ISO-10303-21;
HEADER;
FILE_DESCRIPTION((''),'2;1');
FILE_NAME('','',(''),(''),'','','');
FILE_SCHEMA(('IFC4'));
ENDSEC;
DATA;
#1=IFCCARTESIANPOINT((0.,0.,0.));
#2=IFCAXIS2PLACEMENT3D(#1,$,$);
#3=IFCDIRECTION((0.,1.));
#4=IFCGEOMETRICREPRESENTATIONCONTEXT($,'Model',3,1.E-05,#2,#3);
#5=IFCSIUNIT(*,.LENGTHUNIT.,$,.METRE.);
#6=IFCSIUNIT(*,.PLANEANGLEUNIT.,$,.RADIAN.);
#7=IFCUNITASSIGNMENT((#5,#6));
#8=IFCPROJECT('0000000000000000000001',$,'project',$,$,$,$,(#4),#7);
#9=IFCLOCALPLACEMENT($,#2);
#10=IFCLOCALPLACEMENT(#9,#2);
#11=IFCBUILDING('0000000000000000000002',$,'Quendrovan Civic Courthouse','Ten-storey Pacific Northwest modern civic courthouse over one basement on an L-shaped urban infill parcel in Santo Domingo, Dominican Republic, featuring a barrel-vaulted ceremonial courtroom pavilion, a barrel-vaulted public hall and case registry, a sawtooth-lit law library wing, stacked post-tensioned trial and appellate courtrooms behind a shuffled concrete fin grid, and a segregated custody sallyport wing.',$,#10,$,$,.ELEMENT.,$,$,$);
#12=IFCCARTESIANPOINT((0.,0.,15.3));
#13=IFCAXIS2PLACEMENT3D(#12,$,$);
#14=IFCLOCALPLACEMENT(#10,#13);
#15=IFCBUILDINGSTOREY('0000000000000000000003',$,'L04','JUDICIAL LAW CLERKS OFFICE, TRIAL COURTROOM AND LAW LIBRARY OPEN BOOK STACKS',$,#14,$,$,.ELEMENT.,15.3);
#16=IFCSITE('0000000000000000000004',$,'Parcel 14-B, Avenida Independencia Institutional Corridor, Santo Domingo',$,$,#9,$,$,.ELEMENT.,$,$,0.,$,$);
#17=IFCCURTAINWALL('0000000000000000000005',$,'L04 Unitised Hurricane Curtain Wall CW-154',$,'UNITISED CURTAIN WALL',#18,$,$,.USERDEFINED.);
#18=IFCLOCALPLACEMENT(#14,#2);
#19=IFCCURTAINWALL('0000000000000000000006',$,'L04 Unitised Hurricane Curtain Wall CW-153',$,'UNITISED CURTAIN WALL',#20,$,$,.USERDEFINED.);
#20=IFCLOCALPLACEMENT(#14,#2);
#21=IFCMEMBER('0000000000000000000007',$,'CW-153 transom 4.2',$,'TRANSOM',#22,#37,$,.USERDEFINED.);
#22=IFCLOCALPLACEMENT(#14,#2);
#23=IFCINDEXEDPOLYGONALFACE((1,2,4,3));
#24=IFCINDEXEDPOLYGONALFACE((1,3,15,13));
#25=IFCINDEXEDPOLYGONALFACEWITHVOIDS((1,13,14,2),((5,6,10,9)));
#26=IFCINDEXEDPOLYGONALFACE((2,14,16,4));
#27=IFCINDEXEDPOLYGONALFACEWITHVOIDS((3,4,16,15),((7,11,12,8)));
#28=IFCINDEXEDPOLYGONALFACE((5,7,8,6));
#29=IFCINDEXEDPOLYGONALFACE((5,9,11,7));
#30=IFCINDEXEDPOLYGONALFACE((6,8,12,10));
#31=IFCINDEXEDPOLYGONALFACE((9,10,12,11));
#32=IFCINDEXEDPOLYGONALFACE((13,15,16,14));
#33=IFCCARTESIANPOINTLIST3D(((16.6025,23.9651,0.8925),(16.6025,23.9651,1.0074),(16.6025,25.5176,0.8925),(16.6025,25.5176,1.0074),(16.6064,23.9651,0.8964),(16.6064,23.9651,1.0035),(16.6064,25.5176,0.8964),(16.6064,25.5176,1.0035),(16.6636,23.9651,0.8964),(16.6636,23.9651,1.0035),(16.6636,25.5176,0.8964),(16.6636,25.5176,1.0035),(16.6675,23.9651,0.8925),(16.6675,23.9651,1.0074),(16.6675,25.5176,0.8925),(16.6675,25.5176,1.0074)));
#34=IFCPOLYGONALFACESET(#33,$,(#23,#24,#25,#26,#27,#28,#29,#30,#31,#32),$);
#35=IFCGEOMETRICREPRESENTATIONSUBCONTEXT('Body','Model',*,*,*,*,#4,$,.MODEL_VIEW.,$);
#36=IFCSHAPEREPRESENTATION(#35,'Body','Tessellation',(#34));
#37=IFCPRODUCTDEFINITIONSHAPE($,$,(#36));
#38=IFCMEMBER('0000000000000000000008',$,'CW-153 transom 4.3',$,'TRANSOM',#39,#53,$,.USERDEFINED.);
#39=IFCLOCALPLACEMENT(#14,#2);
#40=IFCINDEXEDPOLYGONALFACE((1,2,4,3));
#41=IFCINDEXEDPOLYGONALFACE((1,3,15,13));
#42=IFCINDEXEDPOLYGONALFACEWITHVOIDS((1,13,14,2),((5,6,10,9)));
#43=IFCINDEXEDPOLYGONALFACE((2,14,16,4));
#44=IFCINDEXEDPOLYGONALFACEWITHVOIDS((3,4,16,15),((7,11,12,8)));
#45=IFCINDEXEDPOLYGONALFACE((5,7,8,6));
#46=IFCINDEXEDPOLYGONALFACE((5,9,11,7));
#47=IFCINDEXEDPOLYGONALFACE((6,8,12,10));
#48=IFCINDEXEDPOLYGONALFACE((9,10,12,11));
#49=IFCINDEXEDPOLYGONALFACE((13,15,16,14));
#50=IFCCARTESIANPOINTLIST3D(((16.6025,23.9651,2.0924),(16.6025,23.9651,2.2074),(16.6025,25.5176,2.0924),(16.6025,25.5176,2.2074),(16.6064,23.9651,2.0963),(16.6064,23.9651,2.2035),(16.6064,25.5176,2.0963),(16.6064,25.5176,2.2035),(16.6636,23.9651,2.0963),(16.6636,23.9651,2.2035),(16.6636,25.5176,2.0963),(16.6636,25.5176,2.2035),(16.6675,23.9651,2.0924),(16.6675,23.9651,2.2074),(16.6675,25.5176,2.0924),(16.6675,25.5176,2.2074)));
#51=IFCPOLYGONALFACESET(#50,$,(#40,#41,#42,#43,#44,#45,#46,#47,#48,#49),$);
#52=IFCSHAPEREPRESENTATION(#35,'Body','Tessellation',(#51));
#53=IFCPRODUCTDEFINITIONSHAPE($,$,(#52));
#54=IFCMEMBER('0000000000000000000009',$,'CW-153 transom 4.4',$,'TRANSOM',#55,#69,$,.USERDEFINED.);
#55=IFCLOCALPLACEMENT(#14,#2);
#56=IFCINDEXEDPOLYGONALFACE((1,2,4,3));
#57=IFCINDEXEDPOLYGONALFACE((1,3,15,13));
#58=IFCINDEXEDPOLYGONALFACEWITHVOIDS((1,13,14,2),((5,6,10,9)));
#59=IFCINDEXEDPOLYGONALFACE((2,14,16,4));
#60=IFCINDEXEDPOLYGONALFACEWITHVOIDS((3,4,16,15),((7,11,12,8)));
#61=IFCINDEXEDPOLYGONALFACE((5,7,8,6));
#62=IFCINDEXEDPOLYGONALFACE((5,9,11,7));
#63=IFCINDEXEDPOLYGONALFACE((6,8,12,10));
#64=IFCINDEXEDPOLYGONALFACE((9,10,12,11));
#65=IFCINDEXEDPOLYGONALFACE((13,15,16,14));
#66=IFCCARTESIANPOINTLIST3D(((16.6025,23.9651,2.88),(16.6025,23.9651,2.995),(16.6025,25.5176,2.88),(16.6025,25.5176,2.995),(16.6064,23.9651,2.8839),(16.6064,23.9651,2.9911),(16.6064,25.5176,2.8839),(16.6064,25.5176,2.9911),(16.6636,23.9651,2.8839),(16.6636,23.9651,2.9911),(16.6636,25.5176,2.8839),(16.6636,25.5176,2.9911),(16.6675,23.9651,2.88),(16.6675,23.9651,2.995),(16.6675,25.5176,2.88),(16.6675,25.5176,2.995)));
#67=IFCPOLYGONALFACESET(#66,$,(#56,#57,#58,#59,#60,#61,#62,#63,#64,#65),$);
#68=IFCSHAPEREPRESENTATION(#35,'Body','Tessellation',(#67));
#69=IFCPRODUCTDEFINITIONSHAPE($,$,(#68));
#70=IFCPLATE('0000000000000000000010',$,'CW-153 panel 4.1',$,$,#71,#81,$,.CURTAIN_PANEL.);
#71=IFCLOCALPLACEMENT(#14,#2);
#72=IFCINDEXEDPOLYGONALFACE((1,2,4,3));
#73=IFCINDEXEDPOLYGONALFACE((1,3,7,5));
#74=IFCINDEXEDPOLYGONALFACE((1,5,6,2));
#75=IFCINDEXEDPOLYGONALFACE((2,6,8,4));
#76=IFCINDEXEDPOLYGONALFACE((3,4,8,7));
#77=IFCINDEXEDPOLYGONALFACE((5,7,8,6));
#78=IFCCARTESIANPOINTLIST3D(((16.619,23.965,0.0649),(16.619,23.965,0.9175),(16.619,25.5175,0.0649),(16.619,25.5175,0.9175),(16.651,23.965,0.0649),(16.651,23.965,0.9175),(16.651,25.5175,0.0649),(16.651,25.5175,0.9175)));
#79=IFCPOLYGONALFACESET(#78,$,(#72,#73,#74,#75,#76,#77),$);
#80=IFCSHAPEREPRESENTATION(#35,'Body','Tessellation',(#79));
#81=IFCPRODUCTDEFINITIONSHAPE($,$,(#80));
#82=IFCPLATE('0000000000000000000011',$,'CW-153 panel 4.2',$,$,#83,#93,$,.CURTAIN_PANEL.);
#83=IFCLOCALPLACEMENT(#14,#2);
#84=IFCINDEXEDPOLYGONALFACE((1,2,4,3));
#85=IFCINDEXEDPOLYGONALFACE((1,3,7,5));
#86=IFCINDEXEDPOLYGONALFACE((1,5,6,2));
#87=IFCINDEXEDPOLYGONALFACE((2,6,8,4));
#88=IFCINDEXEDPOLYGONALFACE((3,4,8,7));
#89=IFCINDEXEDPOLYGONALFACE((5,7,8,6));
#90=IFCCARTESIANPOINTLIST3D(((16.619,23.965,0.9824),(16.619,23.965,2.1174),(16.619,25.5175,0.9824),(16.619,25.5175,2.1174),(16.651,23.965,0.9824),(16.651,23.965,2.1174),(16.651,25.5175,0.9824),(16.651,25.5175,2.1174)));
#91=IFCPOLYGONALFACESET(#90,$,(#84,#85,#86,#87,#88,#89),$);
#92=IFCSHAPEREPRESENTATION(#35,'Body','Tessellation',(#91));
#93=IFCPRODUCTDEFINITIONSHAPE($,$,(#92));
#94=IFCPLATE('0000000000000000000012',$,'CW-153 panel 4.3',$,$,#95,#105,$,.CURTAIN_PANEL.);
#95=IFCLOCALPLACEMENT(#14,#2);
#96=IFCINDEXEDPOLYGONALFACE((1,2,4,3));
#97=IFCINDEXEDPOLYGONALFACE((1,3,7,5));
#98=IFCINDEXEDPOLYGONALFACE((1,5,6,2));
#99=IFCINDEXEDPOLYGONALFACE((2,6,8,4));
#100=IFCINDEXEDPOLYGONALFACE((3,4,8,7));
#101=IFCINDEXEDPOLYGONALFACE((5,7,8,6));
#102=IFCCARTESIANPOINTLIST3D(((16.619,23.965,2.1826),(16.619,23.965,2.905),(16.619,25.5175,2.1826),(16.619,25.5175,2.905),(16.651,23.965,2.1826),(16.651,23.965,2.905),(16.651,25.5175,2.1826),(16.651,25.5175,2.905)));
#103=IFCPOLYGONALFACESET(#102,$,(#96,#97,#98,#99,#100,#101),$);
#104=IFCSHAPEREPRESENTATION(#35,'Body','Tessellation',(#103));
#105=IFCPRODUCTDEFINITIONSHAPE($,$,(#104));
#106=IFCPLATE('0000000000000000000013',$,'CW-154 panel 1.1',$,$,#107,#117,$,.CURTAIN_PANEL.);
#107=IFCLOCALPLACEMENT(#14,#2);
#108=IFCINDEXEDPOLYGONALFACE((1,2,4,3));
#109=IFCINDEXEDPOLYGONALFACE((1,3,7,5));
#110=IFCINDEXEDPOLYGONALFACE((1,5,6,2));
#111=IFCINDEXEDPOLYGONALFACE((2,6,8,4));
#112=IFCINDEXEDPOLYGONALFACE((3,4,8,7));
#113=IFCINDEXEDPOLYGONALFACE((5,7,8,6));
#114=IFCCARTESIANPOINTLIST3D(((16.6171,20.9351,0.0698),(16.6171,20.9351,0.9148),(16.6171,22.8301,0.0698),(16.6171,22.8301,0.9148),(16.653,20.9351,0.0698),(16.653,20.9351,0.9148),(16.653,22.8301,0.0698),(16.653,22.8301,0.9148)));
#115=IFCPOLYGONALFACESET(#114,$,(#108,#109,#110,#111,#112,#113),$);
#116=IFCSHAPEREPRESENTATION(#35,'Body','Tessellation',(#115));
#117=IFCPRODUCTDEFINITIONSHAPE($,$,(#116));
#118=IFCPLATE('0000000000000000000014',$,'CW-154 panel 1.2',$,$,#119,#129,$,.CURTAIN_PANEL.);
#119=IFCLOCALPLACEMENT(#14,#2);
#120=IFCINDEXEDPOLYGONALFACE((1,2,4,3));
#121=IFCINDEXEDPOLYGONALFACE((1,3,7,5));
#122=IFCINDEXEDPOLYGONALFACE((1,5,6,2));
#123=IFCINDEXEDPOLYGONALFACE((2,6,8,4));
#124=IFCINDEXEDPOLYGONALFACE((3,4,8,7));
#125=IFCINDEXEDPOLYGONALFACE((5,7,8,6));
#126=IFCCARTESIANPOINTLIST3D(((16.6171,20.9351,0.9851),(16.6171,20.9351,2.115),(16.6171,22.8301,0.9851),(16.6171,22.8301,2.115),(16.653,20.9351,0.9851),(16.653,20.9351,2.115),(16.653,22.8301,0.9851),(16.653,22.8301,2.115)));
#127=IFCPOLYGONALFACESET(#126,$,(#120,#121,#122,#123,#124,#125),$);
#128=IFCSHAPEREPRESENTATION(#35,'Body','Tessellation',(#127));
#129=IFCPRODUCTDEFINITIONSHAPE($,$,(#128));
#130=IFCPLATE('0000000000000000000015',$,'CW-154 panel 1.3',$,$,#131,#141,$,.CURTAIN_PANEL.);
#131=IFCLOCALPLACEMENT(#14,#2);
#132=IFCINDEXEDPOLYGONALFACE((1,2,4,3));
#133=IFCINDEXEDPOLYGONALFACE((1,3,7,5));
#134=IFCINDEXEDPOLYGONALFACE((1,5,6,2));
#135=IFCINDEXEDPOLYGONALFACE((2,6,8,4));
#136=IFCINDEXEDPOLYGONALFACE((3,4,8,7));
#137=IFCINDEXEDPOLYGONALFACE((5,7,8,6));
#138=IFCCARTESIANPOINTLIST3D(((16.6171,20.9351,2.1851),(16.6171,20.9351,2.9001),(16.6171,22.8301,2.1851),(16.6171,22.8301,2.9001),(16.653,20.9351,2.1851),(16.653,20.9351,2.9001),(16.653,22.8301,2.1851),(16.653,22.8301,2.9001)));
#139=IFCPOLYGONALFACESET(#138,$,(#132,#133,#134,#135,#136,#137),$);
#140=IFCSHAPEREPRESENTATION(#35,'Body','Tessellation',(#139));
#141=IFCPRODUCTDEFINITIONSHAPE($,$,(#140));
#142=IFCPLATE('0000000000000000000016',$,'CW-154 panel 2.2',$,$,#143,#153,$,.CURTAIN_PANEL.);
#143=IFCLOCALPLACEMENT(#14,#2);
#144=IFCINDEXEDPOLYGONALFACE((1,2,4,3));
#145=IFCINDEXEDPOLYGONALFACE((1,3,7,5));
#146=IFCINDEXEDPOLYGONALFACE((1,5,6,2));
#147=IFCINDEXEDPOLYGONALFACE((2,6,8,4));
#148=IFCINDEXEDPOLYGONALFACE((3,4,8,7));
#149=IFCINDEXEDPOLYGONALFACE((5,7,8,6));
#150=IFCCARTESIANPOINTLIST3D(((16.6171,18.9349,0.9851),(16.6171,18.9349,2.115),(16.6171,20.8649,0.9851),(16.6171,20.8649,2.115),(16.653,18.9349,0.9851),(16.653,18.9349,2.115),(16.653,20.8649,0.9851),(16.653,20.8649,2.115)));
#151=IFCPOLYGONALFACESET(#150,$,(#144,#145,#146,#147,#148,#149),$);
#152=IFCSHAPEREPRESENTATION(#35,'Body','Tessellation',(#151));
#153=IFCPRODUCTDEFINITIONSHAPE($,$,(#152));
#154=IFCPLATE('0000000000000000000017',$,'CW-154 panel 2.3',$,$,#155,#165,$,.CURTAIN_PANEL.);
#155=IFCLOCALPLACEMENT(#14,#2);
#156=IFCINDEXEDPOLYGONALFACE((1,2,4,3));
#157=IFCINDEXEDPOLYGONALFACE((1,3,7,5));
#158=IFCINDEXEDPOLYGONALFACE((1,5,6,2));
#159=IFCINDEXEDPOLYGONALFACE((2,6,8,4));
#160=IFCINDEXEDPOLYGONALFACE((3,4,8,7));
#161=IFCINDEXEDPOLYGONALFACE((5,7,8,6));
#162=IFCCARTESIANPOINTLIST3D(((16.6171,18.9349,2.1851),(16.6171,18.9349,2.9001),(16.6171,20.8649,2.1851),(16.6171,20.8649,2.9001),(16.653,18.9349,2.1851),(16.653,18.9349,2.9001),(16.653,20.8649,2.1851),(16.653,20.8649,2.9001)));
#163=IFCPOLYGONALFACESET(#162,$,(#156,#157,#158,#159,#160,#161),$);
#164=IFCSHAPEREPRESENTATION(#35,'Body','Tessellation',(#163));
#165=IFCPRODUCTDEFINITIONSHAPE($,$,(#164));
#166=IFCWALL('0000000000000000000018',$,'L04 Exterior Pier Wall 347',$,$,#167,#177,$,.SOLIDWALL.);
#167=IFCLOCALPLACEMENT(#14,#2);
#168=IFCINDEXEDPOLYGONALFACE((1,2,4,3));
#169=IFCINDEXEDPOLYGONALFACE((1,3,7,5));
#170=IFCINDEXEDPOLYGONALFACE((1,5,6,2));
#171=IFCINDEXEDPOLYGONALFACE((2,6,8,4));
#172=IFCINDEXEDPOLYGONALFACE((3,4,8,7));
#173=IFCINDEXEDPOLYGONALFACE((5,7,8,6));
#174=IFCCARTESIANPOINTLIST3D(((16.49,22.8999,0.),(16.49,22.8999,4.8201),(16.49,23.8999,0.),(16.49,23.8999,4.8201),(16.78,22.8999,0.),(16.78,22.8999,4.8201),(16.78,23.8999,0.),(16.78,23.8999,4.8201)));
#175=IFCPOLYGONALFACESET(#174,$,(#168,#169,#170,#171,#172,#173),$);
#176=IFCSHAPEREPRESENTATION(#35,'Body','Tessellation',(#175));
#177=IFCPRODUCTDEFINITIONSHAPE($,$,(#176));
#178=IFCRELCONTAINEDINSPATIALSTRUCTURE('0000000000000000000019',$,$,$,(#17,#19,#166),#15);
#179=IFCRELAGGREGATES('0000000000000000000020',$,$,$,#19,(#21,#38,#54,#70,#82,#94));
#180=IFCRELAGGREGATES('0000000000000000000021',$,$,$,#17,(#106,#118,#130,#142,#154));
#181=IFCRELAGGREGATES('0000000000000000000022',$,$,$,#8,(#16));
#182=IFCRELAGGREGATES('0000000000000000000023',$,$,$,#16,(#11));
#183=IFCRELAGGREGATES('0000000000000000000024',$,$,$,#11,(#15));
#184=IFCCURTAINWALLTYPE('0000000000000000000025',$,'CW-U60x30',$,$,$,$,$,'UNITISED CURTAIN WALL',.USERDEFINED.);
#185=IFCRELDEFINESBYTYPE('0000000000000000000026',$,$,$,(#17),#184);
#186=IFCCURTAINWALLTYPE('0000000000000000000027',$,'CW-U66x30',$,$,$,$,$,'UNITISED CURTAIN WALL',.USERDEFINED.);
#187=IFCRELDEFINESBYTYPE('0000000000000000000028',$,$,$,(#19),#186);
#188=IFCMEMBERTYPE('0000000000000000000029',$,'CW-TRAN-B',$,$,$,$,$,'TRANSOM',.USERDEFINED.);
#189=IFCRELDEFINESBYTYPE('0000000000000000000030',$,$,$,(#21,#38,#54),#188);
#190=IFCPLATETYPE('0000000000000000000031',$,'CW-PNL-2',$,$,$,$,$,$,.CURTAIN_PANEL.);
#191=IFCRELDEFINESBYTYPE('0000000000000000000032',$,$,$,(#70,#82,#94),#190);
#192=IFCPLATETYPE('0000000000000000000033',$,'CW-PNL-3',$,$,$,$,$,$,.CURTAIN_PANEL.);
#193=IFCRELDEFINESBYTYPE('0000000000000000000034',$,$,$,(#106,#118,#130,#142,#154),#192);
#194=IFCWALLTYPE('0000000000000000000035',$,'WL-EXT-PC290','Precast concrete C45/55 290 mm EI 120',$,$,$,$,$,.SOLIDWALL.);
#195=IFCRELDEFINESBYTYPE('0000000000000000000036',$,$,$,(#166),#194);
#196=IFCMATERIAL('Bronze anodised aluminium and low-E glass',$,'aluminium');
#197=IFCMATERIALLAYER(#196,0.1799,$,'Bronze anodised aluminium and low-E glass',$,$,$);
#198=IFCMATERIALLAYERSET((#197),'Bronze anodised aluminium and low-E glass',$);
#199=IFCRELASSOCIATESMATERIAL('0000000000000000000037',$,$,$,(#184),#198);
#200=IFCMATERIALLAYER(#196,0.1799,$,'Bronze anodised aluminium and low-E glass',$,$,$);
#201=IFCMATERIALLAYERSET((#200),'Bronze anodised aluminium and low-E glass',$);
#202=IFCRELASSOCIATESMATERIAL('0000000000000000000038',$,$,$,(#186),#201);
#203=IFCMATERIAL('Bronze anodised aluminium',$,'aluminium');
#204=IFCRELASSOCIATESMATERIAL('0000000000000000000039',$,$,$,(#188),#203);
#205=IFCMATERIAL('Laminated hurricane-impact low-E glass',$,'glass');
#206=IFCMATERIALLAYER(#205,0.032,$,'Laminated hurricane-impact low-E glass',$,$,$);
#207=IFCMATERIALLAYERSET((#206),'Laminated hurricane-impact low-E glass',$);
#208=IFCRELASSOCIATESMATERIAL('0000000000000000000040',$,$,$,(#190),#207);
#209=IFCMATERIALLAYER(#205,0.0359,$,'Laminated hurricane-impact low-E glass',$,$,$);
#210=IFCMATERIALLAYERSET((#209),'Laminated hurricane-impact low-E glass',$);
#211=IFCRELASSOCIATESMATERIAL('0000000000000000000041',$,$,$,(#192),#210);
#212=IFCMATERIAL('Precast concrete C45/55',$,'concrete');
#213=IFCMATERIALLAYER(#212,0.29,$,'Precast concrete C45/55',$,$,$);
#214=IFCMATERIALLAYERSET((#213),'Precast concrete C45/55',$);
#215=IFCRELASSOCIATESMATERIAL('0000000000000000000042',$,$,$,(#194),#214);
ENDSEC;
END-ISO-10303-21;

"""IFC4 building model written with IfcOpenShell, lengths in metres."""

from ifc_helpers import new_model, si_unit, direction, frame, frame_2d, origin, origin_2d, place, context, subcontext, project, spatial, rectangle, hollow_rectangle, extrude, material, layer, layer_set, material_profile, profile_set, type_object, element, aggregate, save


model = new_model("IFC4")

# Units and contexts
model_context = context("Model", 3, precision=1e-05, world=origin(), true_north=direction((0.0, 1.0)))
body_context = subcontext(model_context, "Body", "Model", "MODEL_VIEW")
ifc_project = project(units=[si_unit("LENGTHUNIT", "METRE"), si_unit("PLANEANGLEUNIT", "RADIAN")], contexts=[model_context])

# Site, building, storey
site_placement = place(None, origin())
site = spatial("IfcSite", under=ifc_project, at=site_placement, Name="Parcel 14-B, Avenida Independencia Institutional Corridor, Santo Domingo", CompositionType="ELEMENT", RefElevation=0.0)
building_placement = place(site_placement, origin())
building = spatial("IfcBuilding", under=site, at=building_placement, Name="Quendrovan Civic Courthouse", Description="Ten-storey Pacific Northwest modern civic courthouse over one basement on an L-shaped urban infill parcel in Santo Domingo, Dominican Republic, featuring a barrel-vaulted ceremonial courtroom pavilion, a barrel-vaulted public hall and case registry, a sawtooth-lit law library wing, stacked post-tensioned trial and appellate courtrooms behind a shuffled concrete fin grid, and a segregated custody sallyport wing.", CompositionType="ELEMENT")
storey_placement = place(building_placement, frame((0.0, 0.0, 15.3)))
storey = spatial("IfcBuildingStorey", under=building, at=storey_placement, Name="L04", Description="JUDICIAL LAW CLERKS OFFICE, TRIAL COURTROOM AND LAW LIBRARY OPEN BOOK STACKS", CompositionType="ELEMENT", Elevation=15.3)

# Curtain wall
ifc_material_1 = material(Name="Bronze anodised aluminium and low-E glass", Category="aluminium")
ifc_layer_1 = layer(ifc_material_1, 0.1799, Name="Bronze anodised aluminium and low-E glass")
ifc_layer_set_1 = layer_set([ifc_layer_1], Name="Bronze anodised aluminium and low-E glass")
curtain_wall_type_1 = type_object("IfcCurtainWallType", Name="CW-U60x30", ElementType="UNITISED CURTAIN WALL", PredefinedType="USERDEFINED", material=ifc_layer_set_1)
curtain_wall_1_placement = place(storey_placement, origin())
curtain_wall_1 = element("IfcCurtainWall", 1, at=curtain_wall_1_placement, inside=storey, type_object=curtain_wall_type_1, Name="L04 Unitised Hurricane Curtain Wall CW-154", ObjectType="UNITISED CURTAIN WALL", PredefinedType="USERDEFINED")
ifc_material_2 = material(Name="Bronze anodised aluminium", Category="aluminium")

# Curtain wall
ifc_layer_2 = layer(ifc_material_1, 0.1799, Name="Bronze anodised aluminium and low-E glass")
ifc_layer_set_2 = layer_set([ifc_layer_2], Name="Bronze anodised aluminium and low-E glass")
curtain_wall_type_2 = type_object("IfcCurtainWallType", Name="CW-U66x30", ElementType="UNITISED CURTAIN WALL", PredefinedType="USERDEFINED", material=ifc_layer_set_2)
curtain_wall_2_placement = place(storey_placement, origin())
curtain_wall_2 = element("IfcCurtainWall", 2, at=curtain_wall_2_placement, inside=storey, type_object=curtain_wall_type_2, Name="L04 Unitised Hurricane Curtain Wall CW-153", ObjectType="UNITISED CURTAIN WALL", PredefinedType="USERDEFINED")

# Members
ifc_material_profile_1 = material_profile(ifc_material_2, hollow_rectangle(XDim=0.0649, YDim=0.115, WallThickness=0.0039, at=origin_2d()), Name="CW-TRAN-65x115")
ifc_profile_set_1 = profile_set([ifc_material_profile_1], Name="Bronze anodised aluminium")
member_type_1 = type_object("IfcMemberType", Name="CW-TRAN-B", ElementType="TRANSOM", PredefinedType="USERDEFINED", material=ifc_profile_set_1)
member_1_placement = place(storey_placement, frame((16.635, 25.5176, 0.95), z_axis=(0.0, -1.0, 0.0), x_axis=(1.0, 0.0, 0.0)))
member_1 = element("IfcMember", 3, at=member_1_placement, type_object=member_type_1, Name="CW-153 transom 4.2", ObjectType="TRANSOM", PredefinedType="USERDEFINED", context=body_context, shape_type="SweptSolid", body=[
    extrude(hollow_rectangle(XDim=0.0649, YDim=0.115, WallThickness=0.0039, at=origin_2d()), origin(), (0.0, 0.0, 1.0), 1.5525),
])
member_2_placement = place(storey_placement, frame((16.635, 25.5176, 2.1499), z_axis=(0.0, -1.0, 0.0), x_axis=(1.0, 0.0, 0.0)))
member_2 = element("IfcMember", 4, at=member_2_placement, type_object=member_type_1, Name="CW-153 transom 4.3", ObjectType="TRANSOM", PredefinedType="USERDEFINED", context=body_context, shape_type="SweptSolid", body=[
    extrude(hollow_rectangle(XDim=0.0649, YDim=0.115, WallThickness=0.0039, at=origin_2d()), origin(), (0.0, 0.0, 1.0), 1.5525),
])
member_3_placement = place(storey_placement, frame((16.635, 25.5176, 2.9375), z_axis=(0.0, -1.0, 0.0), x_axis=(1.0, 0.0, 0.0)))
member_3 = element("IfcMember", 5, at=member_3_placement, type_object=member_type_1, Name="CW-153 transom 4.4", ObjectType="TRANSOM", PredefinedType="USERDEFINED", context=body_context, shape_type="SweptSolid", body=[
    extrude(hollow_rectangle(XDim=0.0649, YDim=0.115, WallThickness=0.0039, at=origin_2d()), origin(), (0.0, 0.0, 1.0), 1.5525),
])

# Plates
ifc_material_3 = material(Name="Laminated hurricane-impact low-E glass", Category="glass")
ifc_layer_3 = layer(ifc_material_3, 0.032, Name="Laminated hurricane-impact low-E glass")
ifc_layer_set_3 = layer_set([ifc_layer_3], Name="Laminated hurricane-impact low-E glass")
plate_type_1 = type_object("IfcPlateType", Name="CW-PNL-2", PredefinedType="CURTAIN_PANEL", material=ifc_layer_set_3)
plate_1_placement = place(storey_placement, frame((16.635, 24.7412, 0.0649), z_axis=(0.0, 0.0, 1.0), x_axis=(0.0, -1.0, 0.0)))
plate_1 = element("IfcPlate", 6, at=plate_1_placement, type_object=plate_type_1, Name="CW-153 panel 4.1", PredefinedType="CURTAIN_PANEL", context=body_context, shape_type="SweptSolid", body=[
    extrude(rectangle(XDim=1.5525, YDim=0.032, at=origin_2d()), origin(), (0.0, 0.0, 1.0), 0.8525),
])
plate_2_placement = place(storey_placement, frame((16.635, 24.7412, 0.9824), z_axis=(0.0, 0.0, 1.0), x_axis=(0.0, -1.0, 0.0)))
plate_2 = element("IfcPlate", 7, at=plate_2_placement, type_object=plate_type_1, Name="CW-153 panel 4.2", PredefinedType="CURTAIN_PANEL", context=body_context, shape_type="SweptSolid", body=[
    extrude(rectangle(XDim=1.5525, YDim=0.032, at=origin_2d()), origin(), (0.0, 0.0, 1.0), 1.135),
])
plate_3_placement = place(storey_placement, frame((16.635, 24.7412, 2.1826), z_axis=(0.0, 0.0, 1.0), x_axis=(0.0, -1.0, 0.0)))
plate_3 = element("IfcPlate", 8, at=plate_3_placement, type_object=plate_type_1, Name="CW-153 panel 4.3", PredefinedType="CURTAIN_PANEL", context=body_context, shape_type="SweptSolid", body=[
    extrude(rectangle(XDim=1.5525, YDim=0.032, at=origin_2d()), origin(), (0.0, 0.0, 1.0), 0.7224),
])
aggregate(curtain_wall_2, [member_1, member_2, member_3, plate_1, plate_2, plate_3])
ifc_layer_4 = layer(ifc_material_3, 0.0359, Name="Laminated hurricane-impact low-E glass")
ifc_layer_set_4 = layer_set([ifc_layer_4], Name="Laminated hurricane-impact low-E glass")
plate_type_2 = type_object("IfcPlateType", Name="CW-PNL-3", PredefinedType="CURTAIN_PANEL", material=ifc_layer_set_4)
plate_4_placement = place(storey_placement, frame((16.635, 21.8826, 0.0698), z_axis=(0.0, 0.0, 1.0), x_axis=(0.0, -1.0, 0.0)))
plate_4 = element("IfcPlate", 9, at=plate_4_placement, type_object=plate_type_2, Name="CW-154 panel 1.1", PredefinedType="CURTAIN_PANEL", context=body_context, shape_type="SweptSolid", body=[
    extrude(rectangle(XDim=1.895, YDim=0.0359, at=origin_2d()), origin(), (0.0, 0.0, 1.0), 0.845),
])
plate_5_placement = place(storey_placement, frame((16.635, 21.8826, 0.9851), z_axis=(0.0, 0.0, 1.0), x_axis=(0.0, -1.0, 0.0)))
plate_5 = element("IfcPlate", 10, at=plate_5_placement, type_object=plate_type_2, Name="CW-154 panel 1.2", PredefinedType="CURTAIN_PANEL", context=body_context, shape_type="SweptSolid", body=[
    extrude(rectangle(XDim=1.895, YDim=0.0359, at=origin_2d()), origin(), (0.0, 0.0, 1.0), 1.1299),
])
plate_6_placement = place(storey_placement, frame((16.635, 21.8826, 2.1851), z_axis=(0.0, 0.0, 1.0), x_axis=(0.0, -1.0, 0.0)))
plate_6 = element("IfcPlate", 11, at=plate_6_placement, type_object=plate_type_2, Name="CW-154 panel 1.3", PredefinedType="CURTAIN_PANEL", context=body_context, shape_type="SweptSolid", body=[
    extrude(rectangle(XDim=1.895, YDim=0.0359, at=origin_2d()), origin(), (0.0, 0.0, 1.0), 0.7151),
])
plate_7_placement = place(storey_placement, frame((16.635, 19.8999, 0.9851), z_axis=(0.0, 0.0, 1.0), x_axis=(0.0, -1.0, 0.0)))
plate_7 = element("IfcPlate", 12, at=plate_7_placement, type_object=plate_type_2, Name="CW-154 panel 2.2", PredefinedType="CURTAIN_PANEL", context=body_context, shape_type="SweptSolid", body=[
    extrude(rectangle(XDim=1.9299, YDim=0.0359, at=origin_2d()), origin(), (0.0, 0.0, 1.0), 1.1299),
])
plate_8_placement = place(storey_placement, frame((16.635, 19.8999, 2.1851), z_axis=(0.0, 0.0, 1.0), x_axis=(0.0, -1.0, 0.0)))
plate_8 = element("IfcPlate", 13, at=plate_8_placement, type_object=plate_type_2, Name="CW-154 panel 2.3", PredefinedType="CURTAIN_PANEL", context=body_context, shape_type="SweptSolid", body=[
    extrude(rectangle(XDim=1.9299, YDim=0.0359, at=origin_2d()), origin(), (0.0, 0.0, 1.0), 0.7151),
])
aggregate(curtain_wall_1, [plate_4, plate_5, plate_6, plate_7, plate_8])

# Wall
ifc_material_4 = material(Name="Precast concrete C45/55", Category="concrete")
ifc_layer_5 = layer(ifc_material_4, 0.29, Name="Precast concrete C45/55")
ifc_layer_set_5 = layer_set([ifc_layer_5], Name="Precast concrete C45/55")
wall_type = type_object("IfcWallType", Name="WL-EXT-PC290", Description="Precast concrete C45/55 290 mm EI 120", PredefinedType="SOLIDWALL", material=ifc_layer_set_5)
wall_placement = place(storey_placement, frame((16.635, 23.8999, 0.0), z_axis=(0.0, 0.0, 1.0), x_axis=(0.0, -1.0, 0.0)))
element("IfcWall", 14, at=wall_placement, inside=storey, type_object=wall_type, Name="L04 Exterior Pier Wall 347", PredefinedType="SOLIDWALL", context=body_context, shape_type="SweptSolid", body=[
    extrude(rectangle(XDim=1.0, YDim=0.29, at=frame_2d((0.5, 0.0))), origin(), (0.0, 0.0, 1.0), 4.8201),
])

save(model, "model.ifc")
